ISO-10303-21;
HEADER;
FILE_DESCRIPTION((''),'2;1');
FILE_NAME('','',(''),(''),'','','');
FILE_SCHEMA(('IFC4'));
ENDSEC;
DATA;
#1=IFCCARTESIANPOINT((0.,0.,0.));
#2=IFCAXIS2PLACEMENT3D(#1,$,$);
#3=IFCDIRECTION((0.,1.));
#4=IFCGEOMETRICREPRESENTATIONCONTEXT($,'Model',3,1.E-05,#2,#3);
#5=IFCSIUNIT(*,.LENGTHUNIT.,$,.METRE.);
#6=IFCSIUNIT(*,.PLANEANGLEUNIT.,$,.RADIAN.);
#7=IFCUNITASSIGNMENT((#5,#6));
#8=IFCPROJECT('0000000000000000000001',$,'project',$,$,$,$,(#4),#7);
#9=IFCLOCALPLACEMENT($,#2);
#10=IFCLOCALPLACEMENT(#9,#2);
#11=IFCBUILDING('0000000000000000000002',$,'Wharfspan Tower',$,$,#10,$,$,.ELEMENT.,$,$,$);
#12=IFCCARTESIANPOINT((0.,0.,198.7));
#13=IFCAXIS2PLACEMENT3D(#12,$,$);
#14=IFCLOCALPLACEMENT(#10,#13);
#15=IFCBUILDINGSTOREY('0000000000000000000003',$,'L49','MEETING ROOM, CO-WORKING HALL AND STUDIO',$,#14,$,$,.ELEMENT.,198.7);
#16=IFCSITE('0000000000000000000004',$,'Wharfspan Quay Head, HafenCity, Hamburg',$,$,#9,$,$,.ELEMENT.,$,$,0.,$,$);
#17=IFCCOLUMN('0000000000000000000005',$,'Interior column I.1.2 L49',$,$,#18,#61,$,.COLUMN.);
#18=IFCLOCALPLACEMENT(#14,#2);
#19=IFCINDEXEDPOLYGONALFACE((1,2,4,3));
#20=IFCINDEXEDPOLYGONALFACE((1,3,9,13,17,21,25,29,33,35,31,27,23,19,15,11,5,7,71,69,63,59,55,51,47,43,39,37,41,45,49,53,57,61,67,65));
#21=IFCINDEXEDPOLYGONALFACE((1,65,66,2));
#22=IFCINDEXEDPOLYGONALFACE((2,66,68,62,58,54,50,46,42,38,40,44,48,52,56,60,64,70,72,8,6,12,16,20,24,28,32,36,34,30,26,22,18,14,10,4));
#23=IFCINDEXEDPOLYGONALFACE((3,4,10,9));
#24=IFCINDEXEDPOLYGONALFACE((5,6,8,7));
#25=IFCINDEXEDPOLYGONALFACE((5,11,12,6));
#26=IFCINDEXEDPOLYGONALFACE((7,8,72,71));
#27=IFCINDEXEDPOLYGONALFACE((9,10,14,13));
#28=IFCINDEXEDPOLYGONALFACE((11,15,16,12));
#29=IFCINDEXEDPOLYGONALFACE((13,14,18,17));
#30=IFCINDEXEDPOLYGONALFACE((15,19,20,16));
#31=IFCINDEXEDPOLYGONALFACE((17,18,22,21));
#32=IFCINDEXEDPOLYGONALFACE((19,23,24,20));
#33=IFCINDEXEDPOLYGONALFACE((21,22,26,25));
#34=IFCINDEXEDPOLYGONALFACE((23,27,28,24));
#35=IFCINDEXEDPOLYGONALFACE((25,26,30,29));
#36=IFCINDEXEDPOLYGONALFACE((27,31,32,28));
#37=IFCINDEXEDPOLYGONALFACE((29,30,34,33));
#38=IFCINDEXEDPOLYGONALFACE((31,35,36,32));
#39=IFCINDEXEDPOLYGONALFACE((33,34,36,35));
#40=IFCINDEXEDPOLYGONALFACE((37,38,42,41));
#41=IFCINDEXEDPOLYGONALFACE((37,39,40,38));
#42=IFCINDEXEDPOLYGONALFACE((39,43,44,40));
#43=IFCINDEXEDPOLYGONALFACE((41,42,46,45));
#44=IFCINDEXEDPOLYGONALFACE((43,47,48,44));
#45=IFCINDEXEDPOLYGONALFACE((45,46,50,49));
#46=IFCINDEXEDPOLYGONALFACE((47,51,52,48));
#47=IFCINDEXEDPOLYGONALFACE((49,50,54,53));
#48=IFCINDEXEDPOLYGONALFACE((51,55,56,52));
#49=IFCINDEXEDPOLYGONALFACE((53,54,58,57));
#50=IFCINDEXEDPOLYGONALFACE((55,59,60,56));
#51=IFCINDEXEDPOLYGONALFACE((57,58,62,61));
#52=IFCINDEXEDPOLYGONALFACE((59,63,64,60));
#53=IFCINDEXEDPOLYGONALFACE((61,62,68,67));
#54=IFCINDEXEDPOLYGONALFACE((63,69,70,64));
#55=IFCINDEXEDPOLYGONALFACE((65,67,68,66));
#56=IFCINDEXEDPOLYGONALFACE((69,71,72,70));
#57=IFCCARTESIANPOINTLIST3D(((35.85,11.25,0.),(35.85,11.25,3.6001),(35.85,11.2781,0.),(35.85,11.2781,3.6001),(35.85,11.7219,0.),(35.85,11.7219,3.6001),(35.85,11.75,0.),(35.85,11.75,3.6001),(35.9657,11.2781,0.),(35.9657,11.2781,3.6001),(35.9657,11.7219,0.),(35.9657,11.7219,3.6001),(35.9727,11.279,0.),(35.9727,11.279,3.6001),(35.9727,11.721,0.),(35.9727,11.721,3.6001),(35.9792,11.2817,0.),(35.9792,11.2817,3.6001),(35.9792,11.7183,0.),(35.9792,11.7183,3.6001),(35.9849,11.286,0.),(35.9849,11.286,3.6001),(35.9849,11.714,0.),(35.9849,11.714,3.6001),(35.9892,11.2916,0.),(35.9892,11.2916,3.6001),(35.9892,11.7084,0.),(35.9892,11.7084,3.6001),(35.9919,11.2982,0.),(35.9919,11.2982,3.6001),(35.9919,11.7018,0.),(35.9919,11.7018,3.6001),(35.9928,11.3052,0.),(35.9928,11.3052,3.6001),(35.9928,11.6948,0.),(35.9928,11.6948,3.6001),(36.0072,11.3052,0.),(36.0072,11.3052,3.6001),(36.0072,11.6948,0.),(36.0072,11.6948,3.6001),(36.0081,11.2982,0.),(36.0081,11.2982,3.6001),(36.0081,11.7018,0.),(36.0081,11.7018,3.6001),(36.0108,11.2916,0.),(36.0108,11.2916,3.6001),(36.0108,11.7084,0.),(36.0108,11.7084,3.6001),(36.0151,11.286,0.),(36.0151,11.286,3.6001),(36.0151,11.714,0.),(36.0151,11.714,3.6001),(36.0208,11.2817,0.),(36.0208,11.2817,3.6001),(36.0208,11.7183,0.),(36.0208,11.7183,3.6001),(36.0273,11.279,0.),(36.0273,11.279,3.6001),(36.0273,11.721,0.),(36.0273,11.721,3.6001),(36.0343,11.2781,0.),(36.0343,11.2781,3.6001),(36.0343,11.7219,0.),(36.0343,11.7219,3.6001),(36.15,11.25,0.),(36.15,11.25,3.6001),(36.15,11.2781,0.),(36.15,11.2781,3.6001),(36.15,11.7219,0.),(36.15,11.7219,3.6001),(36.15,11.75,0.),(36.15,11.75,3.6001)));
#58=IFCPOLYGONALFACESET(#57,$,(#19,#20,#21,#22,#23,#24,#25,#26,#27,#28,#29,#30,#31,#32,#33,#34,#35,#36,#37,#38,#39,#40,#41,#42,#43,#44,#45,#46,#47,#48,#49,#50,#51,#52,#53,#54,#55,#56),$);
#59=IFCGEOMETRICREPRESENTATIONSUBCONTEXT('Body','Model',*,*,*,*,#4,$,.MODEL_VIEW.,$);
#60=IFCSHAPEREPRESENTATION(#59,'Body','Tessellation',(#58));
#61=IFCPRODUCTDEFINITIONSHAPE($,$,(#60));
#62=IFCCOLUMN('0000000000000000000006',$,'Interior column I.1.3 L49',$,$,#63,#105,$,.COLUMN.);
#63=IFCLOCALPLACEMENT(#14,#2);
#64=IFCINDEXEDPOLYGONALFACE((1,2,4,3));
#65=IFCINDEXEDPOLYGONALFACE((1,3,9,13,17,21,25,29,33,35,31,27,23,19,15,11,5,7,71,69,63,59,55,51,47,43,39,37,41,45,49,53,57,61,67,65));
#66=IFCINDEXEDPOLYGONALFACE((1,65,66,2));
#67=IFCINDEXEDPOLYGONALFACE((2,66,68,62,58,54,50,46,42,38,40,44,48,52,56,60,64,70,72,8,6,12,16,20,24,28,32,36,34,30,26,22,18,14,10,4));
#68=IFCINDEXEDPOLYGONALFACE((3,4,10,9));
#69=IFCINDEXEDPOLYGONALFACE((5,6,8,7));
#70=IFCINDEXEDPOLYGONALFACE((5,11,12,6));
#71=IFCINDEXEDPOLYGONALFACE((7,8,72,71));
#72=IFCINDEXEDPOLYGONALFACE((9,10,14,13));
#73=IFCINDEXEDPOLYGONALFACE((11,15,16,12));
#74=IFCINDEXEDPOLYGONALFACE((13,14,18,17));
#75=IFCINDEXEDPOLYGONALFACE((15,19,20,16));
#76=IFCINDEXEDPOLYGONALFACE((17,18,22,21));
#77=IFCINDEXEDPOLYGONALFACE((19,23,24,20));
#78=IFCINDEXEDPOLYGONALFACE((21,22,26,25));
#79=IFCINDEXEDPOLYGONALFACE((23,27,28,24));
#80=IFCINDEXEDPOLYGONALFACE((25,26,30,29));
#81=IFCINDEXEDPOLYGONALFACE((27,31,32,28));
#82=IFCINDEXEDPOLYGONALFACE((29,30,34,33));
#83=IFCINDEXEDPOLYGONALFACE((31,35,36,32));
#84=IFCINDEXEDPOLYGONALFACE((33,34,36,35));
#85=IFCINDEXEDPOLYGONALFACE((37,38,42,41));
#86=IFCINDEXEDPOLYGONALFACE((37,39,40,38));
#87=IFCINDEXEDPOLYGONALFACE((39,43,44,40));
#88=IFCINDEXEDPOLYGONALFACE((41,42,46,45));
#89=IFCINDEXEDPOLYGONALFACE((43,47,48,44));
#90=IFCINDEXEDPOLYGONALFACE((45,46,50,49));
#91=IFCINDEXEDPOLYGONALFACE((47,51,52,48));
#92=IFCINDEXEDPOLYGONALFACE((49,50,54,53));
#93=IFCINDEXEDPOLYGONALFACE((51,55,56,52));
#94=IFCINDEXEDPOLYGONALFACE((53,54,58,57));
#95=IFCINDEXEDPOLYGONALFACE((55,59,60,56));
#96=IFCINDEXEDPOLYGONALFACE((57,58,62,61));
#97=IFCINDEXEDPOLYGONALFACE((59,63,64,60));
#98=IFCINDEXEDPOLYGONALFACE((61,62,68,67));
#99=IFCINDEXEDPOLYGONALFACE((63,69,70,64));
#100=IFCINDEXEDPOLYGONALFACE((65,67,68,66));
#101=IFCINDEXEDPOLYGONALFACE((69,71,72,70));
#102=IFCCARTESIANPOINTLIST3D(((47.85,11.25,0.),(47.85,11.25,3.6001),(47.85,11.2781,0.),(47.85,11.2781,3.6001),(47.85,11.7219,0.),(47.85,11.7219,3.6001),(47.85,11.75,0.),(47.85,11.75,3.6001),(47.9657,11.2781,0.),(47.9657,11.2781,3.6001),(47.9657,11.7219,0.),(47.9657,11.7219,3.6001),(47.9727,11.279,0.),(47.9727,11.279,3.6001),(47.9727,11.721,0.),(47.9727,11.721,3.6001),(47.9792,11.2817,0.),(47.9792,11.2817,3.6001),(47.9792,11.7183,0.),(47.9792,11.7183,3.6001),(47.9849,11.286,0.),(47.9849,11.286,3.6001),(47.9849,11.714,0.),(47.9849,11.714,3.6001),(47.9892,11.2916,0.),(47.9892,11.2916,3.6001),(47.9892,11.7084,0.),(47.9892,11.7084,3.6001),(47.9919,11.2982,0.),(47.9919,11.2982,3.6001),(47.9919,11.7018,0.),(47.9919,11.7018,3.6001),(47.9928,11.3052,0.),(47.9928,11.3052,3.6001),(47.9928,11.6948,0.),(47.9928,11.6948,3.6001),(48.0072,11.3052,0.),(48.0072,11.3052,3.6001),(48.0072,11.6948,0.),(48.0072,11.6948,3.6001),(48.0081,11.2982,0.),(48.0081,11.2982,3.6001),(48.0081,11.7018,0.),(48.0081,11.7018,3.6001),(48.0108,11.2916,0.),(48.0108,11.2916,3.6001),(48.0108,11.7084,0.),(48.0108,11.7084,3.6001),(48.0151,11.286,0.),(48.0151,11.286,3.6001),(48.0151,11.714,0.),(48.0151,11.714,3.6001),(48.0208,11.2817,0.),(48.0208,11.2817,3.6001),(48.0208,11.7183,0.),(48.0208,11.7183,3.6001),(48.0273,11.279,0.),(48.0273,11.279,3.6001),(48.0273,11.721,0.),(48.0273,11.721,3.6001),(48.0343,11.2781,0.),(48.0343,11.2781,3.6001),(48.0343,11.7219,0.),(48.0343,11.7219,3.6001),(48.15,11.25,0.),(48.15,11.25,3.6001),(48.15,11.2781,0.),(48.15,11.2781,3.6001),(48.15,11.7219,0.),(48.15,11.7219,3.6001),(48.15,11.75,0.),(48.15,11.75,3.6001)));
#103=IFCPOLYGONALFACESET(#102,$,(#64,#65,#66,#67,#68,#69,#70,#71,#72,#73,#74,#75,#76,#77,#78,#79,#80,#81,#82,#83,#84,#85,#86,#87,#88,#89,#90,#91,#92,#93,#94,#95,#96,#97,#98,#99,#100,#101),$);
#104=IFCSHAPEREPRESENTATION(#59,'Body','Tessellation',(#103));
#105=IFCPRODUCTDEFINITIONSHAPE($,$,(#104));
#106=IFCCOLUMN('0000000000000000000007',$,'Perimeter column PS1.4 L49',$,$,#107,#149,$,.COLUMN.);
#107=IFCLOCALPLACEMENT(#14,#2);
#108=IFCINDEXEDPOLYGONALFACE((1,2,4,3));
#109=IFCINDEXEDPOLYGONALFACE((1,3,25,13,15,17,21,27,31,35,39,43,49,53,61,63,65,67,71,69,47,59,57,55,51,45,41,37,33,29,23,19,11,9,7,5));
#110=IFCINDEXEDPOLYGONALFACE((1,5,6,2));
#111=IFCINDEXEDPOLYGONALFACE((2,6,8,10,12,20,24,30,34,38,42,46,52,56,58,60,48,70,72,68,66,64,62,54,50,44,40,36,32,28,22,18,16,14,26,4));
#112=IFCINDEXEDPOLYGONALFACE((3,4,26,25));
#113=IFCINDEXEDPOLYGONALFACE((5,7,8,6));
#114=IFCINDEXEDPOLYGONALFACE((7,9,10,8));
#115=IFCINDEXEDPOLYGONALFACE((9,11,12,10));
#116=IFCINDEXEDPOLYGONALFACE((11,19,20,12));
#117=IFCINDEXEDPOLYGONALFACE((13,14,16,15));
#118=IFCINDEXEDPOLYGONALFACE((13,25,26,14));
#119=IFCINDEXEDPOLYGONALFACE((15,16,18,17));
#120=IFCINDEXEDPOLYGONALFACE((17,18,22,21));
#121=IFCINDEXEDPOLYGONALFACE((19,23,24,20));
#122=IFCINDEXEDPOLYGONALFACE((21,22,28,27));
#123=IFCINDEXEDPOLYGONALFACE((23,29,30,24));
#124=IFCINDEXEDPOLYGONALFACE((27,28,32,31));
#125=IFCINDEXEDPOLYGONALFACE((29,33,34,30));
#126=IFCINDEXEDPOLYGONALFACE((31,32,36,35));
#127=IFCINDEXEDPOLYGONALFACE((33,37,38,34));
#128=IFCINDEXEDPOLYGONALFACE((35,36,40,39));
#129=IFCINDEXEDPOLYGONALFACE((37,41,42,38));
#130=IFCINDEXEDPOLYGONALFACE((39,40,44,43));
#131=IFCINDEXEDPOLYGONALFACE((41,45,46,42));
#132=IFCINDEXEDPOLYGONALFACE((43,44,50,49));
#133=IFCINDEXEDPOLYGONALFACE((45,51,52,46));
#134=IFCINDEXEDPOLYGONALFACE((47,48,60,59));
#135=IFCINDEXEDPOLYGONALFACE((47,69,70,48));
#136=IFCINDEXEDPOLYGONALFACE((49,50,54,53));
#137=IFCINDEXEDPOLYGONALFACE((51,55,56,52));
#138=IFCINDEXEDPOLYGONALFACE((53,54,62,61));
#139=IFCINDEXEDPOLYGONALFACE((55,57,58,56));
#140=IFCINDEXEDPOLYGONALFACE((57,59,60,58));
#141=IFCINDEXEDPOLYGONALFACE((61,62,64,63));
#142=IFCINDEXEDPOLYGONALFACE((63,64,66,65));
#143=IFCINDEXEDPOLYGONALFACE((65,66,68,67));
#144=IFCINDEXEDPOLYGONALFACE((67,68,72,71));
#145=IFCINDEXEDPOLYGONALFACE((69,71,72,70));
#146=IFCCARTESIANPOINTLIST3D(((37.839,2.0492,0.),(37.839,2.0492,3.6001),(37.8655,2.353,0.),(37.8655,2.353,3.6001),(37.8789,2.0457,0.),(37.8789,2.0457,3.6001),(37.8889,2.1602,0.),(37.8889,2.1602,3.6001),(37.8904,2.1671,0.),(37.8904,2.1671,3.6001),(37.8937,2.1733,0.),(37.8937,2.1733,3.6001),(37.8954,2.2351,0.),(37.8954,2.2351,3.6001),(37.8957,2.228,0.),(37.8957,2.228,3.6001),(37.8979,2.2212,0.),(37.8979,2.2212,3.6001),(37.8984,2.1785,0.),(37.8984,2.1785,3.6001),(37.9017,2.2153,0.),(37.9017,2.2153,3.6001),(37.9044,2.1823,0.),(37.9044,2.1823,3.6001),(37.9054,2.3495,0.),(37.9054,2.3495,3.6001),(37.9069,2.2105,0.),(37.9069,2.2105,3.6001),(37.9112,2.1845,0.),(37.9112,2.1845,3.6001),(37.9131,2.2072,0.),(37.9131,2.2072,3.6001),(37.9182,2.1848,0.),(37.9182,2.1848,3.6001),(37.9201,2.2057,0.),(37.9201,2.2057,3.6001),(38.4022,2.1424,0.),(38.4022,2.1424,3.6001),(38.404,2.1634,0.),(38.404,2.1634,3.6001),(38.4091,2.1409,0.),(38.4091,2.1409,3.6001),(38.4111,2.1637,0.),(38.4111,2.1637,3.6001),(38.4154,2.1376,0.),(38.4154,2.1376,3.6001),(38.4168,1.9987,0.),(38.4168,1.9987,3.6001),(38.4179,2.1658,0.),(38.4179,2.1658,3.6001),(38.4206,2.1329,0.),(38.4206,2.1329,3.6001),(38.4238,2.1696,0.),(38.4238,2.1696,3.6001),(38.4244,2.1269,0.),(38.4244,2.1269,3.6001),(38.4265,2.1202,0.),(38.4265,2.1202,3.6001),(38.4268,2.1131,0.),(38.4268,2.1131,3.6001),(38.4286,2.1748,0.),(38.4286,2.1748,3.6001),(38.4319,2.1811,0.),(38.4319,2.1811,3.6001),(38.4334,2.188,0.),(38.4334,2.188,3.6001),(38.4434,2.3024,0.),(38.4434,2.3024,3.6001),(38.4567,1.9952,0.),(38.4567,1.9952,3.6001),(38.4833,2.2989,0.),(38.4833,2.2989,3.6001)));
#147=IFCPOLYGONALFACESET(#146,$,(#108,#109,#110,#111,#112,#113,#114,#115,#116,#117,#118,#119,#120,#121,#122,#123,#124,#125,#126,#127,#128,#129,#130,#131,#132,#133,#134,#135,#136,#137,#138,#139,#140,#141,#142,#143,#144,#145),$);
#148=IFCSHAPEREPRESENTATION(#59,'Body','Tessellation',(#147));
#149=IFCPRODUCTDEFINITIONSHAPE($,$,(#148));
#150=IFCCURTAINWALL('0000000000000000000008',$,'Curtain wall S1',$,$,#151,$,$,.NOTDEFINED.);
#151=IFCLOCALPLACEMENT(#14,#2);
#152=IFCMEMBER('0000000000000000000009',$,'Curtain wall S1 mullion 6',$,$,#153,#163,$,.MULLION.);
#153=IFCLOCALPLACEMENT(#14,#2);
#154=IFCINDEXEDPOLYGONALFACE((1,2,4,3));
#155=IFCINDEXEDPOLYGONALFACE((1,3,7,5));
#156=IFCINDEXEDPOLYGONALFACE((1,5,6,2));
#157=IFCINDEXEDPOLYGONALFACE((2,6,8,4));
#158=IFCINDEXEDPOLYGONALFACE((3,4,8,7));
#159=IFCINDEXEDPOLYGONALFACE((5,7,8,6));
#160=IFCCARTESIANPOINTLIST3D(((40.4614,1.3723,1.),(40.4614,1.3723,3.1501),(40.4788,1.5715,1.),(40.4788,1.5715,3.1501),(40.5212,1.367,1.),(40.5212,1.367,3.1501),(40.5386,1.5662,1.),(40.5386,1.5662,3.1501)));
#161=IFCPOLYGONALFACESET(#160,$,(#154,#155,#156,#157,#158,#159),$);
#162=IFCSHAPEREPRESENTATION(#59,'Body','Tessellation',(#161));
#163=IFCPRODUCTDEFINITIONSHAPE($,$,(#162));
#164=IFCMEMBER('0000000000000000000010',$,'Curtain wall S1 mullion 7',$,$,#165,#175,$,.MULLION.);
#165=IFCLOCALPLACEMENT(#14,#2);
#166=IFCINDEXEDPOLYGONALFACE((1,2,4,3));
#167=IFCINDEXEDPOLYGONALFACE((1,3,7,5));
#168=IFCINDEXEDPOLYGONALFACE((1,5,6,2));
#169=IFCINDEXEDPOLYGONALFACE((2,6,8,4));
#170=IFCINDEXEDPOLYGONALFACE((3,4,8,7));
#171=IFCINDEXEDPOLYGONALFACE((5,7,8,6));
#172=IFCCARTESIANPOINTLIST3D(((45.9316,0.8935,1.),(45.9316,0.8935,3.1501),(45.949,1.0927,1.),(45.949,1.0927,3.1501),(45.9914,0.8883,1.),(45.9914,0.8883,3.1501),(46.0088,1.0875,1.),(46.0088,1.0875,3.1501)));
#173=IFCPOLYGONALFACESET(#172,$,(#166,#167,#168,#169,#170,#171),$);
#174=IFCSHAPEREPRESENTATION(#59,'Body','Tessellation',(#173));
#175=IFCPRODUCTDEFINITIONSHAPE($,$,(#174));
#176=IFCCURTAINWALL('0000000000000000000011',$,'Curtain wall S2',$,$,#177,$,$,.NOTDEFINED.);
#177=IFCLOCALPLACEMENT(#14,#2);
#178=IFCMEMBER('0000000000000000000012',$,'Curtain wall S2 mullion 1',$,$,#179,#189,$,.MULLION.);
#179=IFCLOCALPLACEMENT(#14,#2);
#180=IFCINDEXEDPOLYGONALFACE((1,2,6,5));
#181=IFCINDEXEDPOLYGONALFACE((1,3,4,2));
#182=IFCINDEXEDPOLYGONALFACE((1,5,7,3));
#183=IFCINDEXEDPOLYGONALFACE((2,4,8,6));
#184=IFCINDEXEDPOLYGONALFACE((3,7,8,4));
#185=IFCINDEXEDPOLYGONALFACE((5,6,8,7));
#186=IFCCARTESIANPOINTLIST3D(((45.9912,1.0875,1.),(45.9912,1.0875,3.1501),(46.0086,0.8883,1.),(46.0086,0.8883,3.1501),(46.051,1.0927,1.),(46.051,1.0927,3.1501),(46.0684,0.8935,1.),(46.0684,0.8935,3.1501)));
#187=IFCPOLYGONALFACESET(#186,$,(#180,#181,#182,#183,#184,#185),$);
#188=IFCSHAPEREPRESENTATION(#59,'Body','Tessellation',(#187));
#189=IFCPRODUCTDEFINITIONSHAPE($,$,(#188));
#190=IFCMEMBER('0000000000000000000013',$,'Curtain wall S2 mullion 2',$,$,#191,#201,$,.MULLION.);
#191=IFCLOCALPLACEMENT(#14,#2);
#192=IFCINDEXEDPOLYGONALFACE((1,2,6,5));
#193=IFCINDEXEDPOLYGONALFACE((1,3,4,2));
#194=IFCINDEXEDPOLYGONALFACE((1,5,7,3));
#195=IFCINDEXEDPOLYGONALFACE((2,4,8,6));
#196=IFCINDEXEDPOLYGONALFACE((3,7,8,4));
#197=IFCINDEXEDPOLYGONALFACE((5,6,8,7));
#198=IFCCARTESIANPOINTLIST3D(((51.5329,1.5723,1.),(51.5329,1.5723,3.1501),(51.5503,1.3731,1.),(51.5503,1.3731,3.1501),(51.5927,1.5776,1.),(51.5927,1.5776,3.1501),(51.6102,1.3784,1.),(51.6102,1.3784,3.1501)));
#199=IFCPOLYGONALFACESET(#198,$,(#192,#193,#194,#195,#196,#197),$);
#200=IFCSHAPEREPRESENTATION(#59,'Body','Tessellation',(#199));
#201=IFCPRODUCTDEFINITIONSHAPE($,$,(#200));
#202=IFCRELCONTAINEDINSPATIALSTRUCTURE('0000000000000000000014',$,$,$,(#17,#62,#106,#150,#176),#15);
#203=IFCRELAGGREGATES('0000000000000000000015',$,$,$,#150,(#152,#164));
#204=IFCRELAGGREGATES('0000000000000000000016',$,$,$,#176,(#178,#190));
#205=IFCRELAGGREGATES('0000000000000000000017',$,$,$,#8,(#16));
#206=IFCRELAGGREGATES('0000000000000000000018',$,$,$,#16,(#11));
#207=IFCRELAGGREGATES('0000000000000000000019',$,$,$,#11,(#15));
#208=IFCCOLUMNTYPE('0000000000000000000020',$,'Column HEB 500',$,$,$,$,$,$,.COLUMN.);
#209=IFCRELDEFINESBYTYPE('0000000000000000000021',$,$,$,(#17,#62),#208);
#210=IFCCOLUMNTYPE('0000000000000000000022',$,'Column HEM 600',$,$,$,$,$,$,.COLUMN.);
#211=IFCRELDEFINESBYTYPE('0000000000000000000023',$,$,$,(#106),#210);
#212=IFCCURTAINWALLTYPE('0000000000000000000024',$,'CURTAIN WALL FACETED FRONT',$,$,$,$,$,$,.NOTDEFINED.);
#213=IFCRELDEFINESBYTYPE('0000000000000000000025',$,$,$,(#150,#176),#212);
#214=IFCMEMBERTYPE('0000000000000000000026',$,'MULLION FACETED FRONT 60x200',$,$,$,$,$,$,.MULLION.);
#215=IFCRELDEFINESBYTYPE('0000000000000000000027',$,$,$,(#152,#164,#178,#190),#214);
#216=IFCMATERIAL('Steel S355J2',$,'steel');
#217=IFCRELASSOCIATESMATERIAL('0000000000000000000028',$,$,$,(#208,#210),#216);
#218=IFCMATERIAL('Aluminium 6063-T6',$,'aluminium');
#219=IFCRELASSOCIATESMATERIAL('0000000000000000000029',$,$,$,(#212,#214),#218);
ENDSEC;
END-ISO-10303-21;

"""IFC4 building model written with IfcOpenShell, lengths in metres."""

from ifc_helpers import new_model, si_unit, direction, frame, origin, origin_2d, place, context, subcontext, project, spatial, rectangle, i_section, extrude, material, material_profile, profile_set, type_object, element, aggregate, save


model = new_model("IFC4")

# Units and contexts
model_context = context("Model", 3, precision=1e-05, world=origin(), true_north=direction((0.0, 1.0)))
body_context = subcontext(model_context, "Body", "Model", "MODEL_VIEW")
ifc_project = project(units=[si_unit("LENGTHUNIT", "METRE"), si_unit("PLANEANGLEUNIT", "RADIAN")], contexts=[model_context])

# Site, building, storey
site_placement = place(None, origin())
site = spatial("IfcSite", under=ifc_project, at=site_placement, Name="Wharfspan Quay Head, HafenCity, Hamburg", CompositionType="ELEMENT", RefElevation=0.0)
building_placement = place(site_placement, origin())
building = spatial("IfcBuilding", under=site, at=building_placement, Name="Wharfspan Tower", CompositionType="ELEMENT")
storey_placement = place(building_placement, frame((0.0, 0.0, 198.7)))
storey = spatial("IfcBuildingStorey", under=building, at=storey_placement, Name="L49", Description="MEETING ROOM, CO-WORKING HALL AND STUDIO", CompositionType="ELEMENT", Elevation=198.7)

# Columns
ifc_material_1 = material(Name="Steel S355J2", Category="steel")
ifc_material_profile_1 = material_profile(ifc_material_1, i_section(OverallWidth=0.3, OverallDepth=0.5, WebThickness=0.0144, FlangeThickness=0.0281, FilletRadius=0.0271, at=origin_2d()))
ifc_profile_set_1 = profile_set([ifc_material_profile_1], Name="Steel S355J2")
column_type_1 = type_object("IfcColumnType", Name="Column HEB 500", PredefinedType="COLUMN", material=ifc_profile_set_1)
for number, where, z_axis, x_axis, name in (
    (1, (36.0, 11.5, 0.0), (0.0, 0.0, 1.0), (1.0, 0.0, 0.0), "Interior column I.1.2 L49"),
    (2, (48.0, 11.5, 0.0), (0.0, 0.0, 1.0), (1.0, 0.0, 0.0), "Interior column I.1.3 L49"),
):
    element("IfcColumn", number, at=place(storey_placement, frame(where, z_axis=z_axis, x_axis=x_axis)), inside=storey, type_object=column_type_1, Name=name, PredefinedType="COLUMN", context=body_context, shape_type="SweptSolid", body=[
        extrude(i_section(OverallWidth=0.3, OverallDepth=0.5, WebThickness=0.0144, FlangeThickness=0.0281, FilletRadius=0.0271, at=origin_2d()), origin(), (0.0, 0.0, 1.0), 3.6001),
    ])
ifc_material_profile_2 = material_profile(ifc_material_1, i_section(OverallWidth=0.3049, OverallDepth=0.6201, WebThickness=0.021, FlangeThickness=0.04, FilletRadius=0.0271, at=origin_2d()))
ifc_profile_set_2 = profile_set([ifc_material_profile_2], Name="Steel S355J2")
column_type_2 = type_object("IfcColumnType", Name="Column HEM 600", PredefinedType="COLUMN", material=ifc_profile_set_2)
column_placement = place(storey_placement, frame((38.1611, 2.1741, 0.0), z_axis=(0.0, 0.0, 1.0), x_axis=(-0.087156, -0.996198, 0.0)))
element("IfcColumn", 3, at=column_placement, inside=storey, type_object=column_type_2, Name="Perimeter column PS1.4 L49", PredefinedType="COLUMN", context=body_context, shape_type="SweptSolid", body=[
    extrude(i_section(OverallWidth=0.3049, OverallDepth=0.6201, WebThickness=0.021, FlangeThickness=0.04, FilletRadius=0.0271, at=origin_2d()), origin(), (0.0, 0.0, 1.0), 3.6001),
])

# Curtain walls, members
ifc_material_2 = material(Name="Aluminium 6063-T6", Category="aluminium")
curtain_wall_type = type_object("IfcCurtainWallType", Name="CURTAIN WALL FACETED FRONT", PredefinedType="NOTDEFINED", material=ifc_material_2)
curtain_wall_1_placement = place(storey_placement, origin())
curtain_wall_1 = element("IfcCurtainWall", 4, at=curtain_wall_1_placement, inside=storey, type_object=curtain_wall_type, Name="Curtain wall S1", PredefinedType="NOTDEFINED")
ifc_material_profile_3 = material_profile(ifc_material_2, rectangle(XDim=0.2, YDim=0.0601, at=origin_2d()))
ifc_profile_set_3 = profile_set([ifc_material_profile_3], Name="Aluminium 6063-T6")
member_type_1 = type_object("IfcMemberType", Name="MULLION FACETED FRONT 60x200", PredefinedType="MULLION", material=ifc_profile_set_3)
member_1_placement = place(storey_placement, frame((40.5, 1.4692, 1.0), z_axis=(0.0, 0.0, 1.0), x_axis=(0.087156, 0.996198, 0.0)))
member_1 = element("IfcMember", 5, at=member_1_placement, type_object=member_type_1, Name="Curtain wall S1 mullion 6", PredefinedType="MULLION", context=body_context, shape_type="SweptSolid", body=[
    extrude(rectangle(XDim=0.2, YDim=0.0601, at=origin_2d()), origin(), (0.0, 0.0, 1.0), 2.1501),
])
member_2_placement = place(storey_placement, frame((45.9702, 0.9905, 1.0), z_axis=(0.0, 0.0, 1.0), x_axis=(0.087156, 0.996198, 0.0)))
member_2 = element("IfcMember", 6, at=member_2_placement, type_object=member_type_1, Name="Curtain wall S1 mullion 7", PredefinedType="MULLION", context=body_context, shape_type="SweptSolid", body=[
    extrude(rectangle(XDim=0.2, YDim=0.0601, at=origin_2d()), origin(), (0.0, 0.0, 1.0), 2.1501),
])
curtain_wall_2_placement = place(storey_placement, origin())
curtain_wall_2 = element("IfcCurtainWall", 7, at=curtain_wall_2_placement, inside=storey, type_object=curtain_wall_type, Name="Curtain wall S2", PredefinedType="NOTDEFINED")
member_3_placement = place(storey_placement, frame((46.0298, 0.9905, 1.0), z_axis=(0.0, 0.0, 1.0), x_axis=(-0.087156, 0.996198, 0.0)))
member_3 = element("IfcMember", 8, at=member_3_placement, type_object=member_type_1, Name="Curtain wall S2 mullion 1", PredefinedType="MULLION", context=body_context, shape_type="SweptSolid", body=[
    extrude(rectangle(XDim=0.2, YDim=0.0601, at=origin_2d()), origin(), (0.0, 0.0, 1.0), 2.1501),
])
member_4_placement = place(storey_placement, frame((51.5715, 1.4753, 1.0), z_axis=(0.0, 0.0, 1.0), x_axis=(-0.087156, 0.996198, 0.0)))
member_4 = element("IfcMember", 9, at=member_4_placement, type_object=member_type_1, Name="Curtain wall S2 mullion 2", PredefinedType="MULLION", context=body_context, shape_type="SweptSolid", body=[
    extrude(rectangle(XDim=0.2, YDim=0.0601, at=origin_2d()), origin(), (0.0, 0.0, 1.0), 2.1501),
])

aggregate(curtain_wall_1, [member_1, member_2])
aggregate(curtain_wall_2, [member_3, member_4])

save(model, "model.ifc")
